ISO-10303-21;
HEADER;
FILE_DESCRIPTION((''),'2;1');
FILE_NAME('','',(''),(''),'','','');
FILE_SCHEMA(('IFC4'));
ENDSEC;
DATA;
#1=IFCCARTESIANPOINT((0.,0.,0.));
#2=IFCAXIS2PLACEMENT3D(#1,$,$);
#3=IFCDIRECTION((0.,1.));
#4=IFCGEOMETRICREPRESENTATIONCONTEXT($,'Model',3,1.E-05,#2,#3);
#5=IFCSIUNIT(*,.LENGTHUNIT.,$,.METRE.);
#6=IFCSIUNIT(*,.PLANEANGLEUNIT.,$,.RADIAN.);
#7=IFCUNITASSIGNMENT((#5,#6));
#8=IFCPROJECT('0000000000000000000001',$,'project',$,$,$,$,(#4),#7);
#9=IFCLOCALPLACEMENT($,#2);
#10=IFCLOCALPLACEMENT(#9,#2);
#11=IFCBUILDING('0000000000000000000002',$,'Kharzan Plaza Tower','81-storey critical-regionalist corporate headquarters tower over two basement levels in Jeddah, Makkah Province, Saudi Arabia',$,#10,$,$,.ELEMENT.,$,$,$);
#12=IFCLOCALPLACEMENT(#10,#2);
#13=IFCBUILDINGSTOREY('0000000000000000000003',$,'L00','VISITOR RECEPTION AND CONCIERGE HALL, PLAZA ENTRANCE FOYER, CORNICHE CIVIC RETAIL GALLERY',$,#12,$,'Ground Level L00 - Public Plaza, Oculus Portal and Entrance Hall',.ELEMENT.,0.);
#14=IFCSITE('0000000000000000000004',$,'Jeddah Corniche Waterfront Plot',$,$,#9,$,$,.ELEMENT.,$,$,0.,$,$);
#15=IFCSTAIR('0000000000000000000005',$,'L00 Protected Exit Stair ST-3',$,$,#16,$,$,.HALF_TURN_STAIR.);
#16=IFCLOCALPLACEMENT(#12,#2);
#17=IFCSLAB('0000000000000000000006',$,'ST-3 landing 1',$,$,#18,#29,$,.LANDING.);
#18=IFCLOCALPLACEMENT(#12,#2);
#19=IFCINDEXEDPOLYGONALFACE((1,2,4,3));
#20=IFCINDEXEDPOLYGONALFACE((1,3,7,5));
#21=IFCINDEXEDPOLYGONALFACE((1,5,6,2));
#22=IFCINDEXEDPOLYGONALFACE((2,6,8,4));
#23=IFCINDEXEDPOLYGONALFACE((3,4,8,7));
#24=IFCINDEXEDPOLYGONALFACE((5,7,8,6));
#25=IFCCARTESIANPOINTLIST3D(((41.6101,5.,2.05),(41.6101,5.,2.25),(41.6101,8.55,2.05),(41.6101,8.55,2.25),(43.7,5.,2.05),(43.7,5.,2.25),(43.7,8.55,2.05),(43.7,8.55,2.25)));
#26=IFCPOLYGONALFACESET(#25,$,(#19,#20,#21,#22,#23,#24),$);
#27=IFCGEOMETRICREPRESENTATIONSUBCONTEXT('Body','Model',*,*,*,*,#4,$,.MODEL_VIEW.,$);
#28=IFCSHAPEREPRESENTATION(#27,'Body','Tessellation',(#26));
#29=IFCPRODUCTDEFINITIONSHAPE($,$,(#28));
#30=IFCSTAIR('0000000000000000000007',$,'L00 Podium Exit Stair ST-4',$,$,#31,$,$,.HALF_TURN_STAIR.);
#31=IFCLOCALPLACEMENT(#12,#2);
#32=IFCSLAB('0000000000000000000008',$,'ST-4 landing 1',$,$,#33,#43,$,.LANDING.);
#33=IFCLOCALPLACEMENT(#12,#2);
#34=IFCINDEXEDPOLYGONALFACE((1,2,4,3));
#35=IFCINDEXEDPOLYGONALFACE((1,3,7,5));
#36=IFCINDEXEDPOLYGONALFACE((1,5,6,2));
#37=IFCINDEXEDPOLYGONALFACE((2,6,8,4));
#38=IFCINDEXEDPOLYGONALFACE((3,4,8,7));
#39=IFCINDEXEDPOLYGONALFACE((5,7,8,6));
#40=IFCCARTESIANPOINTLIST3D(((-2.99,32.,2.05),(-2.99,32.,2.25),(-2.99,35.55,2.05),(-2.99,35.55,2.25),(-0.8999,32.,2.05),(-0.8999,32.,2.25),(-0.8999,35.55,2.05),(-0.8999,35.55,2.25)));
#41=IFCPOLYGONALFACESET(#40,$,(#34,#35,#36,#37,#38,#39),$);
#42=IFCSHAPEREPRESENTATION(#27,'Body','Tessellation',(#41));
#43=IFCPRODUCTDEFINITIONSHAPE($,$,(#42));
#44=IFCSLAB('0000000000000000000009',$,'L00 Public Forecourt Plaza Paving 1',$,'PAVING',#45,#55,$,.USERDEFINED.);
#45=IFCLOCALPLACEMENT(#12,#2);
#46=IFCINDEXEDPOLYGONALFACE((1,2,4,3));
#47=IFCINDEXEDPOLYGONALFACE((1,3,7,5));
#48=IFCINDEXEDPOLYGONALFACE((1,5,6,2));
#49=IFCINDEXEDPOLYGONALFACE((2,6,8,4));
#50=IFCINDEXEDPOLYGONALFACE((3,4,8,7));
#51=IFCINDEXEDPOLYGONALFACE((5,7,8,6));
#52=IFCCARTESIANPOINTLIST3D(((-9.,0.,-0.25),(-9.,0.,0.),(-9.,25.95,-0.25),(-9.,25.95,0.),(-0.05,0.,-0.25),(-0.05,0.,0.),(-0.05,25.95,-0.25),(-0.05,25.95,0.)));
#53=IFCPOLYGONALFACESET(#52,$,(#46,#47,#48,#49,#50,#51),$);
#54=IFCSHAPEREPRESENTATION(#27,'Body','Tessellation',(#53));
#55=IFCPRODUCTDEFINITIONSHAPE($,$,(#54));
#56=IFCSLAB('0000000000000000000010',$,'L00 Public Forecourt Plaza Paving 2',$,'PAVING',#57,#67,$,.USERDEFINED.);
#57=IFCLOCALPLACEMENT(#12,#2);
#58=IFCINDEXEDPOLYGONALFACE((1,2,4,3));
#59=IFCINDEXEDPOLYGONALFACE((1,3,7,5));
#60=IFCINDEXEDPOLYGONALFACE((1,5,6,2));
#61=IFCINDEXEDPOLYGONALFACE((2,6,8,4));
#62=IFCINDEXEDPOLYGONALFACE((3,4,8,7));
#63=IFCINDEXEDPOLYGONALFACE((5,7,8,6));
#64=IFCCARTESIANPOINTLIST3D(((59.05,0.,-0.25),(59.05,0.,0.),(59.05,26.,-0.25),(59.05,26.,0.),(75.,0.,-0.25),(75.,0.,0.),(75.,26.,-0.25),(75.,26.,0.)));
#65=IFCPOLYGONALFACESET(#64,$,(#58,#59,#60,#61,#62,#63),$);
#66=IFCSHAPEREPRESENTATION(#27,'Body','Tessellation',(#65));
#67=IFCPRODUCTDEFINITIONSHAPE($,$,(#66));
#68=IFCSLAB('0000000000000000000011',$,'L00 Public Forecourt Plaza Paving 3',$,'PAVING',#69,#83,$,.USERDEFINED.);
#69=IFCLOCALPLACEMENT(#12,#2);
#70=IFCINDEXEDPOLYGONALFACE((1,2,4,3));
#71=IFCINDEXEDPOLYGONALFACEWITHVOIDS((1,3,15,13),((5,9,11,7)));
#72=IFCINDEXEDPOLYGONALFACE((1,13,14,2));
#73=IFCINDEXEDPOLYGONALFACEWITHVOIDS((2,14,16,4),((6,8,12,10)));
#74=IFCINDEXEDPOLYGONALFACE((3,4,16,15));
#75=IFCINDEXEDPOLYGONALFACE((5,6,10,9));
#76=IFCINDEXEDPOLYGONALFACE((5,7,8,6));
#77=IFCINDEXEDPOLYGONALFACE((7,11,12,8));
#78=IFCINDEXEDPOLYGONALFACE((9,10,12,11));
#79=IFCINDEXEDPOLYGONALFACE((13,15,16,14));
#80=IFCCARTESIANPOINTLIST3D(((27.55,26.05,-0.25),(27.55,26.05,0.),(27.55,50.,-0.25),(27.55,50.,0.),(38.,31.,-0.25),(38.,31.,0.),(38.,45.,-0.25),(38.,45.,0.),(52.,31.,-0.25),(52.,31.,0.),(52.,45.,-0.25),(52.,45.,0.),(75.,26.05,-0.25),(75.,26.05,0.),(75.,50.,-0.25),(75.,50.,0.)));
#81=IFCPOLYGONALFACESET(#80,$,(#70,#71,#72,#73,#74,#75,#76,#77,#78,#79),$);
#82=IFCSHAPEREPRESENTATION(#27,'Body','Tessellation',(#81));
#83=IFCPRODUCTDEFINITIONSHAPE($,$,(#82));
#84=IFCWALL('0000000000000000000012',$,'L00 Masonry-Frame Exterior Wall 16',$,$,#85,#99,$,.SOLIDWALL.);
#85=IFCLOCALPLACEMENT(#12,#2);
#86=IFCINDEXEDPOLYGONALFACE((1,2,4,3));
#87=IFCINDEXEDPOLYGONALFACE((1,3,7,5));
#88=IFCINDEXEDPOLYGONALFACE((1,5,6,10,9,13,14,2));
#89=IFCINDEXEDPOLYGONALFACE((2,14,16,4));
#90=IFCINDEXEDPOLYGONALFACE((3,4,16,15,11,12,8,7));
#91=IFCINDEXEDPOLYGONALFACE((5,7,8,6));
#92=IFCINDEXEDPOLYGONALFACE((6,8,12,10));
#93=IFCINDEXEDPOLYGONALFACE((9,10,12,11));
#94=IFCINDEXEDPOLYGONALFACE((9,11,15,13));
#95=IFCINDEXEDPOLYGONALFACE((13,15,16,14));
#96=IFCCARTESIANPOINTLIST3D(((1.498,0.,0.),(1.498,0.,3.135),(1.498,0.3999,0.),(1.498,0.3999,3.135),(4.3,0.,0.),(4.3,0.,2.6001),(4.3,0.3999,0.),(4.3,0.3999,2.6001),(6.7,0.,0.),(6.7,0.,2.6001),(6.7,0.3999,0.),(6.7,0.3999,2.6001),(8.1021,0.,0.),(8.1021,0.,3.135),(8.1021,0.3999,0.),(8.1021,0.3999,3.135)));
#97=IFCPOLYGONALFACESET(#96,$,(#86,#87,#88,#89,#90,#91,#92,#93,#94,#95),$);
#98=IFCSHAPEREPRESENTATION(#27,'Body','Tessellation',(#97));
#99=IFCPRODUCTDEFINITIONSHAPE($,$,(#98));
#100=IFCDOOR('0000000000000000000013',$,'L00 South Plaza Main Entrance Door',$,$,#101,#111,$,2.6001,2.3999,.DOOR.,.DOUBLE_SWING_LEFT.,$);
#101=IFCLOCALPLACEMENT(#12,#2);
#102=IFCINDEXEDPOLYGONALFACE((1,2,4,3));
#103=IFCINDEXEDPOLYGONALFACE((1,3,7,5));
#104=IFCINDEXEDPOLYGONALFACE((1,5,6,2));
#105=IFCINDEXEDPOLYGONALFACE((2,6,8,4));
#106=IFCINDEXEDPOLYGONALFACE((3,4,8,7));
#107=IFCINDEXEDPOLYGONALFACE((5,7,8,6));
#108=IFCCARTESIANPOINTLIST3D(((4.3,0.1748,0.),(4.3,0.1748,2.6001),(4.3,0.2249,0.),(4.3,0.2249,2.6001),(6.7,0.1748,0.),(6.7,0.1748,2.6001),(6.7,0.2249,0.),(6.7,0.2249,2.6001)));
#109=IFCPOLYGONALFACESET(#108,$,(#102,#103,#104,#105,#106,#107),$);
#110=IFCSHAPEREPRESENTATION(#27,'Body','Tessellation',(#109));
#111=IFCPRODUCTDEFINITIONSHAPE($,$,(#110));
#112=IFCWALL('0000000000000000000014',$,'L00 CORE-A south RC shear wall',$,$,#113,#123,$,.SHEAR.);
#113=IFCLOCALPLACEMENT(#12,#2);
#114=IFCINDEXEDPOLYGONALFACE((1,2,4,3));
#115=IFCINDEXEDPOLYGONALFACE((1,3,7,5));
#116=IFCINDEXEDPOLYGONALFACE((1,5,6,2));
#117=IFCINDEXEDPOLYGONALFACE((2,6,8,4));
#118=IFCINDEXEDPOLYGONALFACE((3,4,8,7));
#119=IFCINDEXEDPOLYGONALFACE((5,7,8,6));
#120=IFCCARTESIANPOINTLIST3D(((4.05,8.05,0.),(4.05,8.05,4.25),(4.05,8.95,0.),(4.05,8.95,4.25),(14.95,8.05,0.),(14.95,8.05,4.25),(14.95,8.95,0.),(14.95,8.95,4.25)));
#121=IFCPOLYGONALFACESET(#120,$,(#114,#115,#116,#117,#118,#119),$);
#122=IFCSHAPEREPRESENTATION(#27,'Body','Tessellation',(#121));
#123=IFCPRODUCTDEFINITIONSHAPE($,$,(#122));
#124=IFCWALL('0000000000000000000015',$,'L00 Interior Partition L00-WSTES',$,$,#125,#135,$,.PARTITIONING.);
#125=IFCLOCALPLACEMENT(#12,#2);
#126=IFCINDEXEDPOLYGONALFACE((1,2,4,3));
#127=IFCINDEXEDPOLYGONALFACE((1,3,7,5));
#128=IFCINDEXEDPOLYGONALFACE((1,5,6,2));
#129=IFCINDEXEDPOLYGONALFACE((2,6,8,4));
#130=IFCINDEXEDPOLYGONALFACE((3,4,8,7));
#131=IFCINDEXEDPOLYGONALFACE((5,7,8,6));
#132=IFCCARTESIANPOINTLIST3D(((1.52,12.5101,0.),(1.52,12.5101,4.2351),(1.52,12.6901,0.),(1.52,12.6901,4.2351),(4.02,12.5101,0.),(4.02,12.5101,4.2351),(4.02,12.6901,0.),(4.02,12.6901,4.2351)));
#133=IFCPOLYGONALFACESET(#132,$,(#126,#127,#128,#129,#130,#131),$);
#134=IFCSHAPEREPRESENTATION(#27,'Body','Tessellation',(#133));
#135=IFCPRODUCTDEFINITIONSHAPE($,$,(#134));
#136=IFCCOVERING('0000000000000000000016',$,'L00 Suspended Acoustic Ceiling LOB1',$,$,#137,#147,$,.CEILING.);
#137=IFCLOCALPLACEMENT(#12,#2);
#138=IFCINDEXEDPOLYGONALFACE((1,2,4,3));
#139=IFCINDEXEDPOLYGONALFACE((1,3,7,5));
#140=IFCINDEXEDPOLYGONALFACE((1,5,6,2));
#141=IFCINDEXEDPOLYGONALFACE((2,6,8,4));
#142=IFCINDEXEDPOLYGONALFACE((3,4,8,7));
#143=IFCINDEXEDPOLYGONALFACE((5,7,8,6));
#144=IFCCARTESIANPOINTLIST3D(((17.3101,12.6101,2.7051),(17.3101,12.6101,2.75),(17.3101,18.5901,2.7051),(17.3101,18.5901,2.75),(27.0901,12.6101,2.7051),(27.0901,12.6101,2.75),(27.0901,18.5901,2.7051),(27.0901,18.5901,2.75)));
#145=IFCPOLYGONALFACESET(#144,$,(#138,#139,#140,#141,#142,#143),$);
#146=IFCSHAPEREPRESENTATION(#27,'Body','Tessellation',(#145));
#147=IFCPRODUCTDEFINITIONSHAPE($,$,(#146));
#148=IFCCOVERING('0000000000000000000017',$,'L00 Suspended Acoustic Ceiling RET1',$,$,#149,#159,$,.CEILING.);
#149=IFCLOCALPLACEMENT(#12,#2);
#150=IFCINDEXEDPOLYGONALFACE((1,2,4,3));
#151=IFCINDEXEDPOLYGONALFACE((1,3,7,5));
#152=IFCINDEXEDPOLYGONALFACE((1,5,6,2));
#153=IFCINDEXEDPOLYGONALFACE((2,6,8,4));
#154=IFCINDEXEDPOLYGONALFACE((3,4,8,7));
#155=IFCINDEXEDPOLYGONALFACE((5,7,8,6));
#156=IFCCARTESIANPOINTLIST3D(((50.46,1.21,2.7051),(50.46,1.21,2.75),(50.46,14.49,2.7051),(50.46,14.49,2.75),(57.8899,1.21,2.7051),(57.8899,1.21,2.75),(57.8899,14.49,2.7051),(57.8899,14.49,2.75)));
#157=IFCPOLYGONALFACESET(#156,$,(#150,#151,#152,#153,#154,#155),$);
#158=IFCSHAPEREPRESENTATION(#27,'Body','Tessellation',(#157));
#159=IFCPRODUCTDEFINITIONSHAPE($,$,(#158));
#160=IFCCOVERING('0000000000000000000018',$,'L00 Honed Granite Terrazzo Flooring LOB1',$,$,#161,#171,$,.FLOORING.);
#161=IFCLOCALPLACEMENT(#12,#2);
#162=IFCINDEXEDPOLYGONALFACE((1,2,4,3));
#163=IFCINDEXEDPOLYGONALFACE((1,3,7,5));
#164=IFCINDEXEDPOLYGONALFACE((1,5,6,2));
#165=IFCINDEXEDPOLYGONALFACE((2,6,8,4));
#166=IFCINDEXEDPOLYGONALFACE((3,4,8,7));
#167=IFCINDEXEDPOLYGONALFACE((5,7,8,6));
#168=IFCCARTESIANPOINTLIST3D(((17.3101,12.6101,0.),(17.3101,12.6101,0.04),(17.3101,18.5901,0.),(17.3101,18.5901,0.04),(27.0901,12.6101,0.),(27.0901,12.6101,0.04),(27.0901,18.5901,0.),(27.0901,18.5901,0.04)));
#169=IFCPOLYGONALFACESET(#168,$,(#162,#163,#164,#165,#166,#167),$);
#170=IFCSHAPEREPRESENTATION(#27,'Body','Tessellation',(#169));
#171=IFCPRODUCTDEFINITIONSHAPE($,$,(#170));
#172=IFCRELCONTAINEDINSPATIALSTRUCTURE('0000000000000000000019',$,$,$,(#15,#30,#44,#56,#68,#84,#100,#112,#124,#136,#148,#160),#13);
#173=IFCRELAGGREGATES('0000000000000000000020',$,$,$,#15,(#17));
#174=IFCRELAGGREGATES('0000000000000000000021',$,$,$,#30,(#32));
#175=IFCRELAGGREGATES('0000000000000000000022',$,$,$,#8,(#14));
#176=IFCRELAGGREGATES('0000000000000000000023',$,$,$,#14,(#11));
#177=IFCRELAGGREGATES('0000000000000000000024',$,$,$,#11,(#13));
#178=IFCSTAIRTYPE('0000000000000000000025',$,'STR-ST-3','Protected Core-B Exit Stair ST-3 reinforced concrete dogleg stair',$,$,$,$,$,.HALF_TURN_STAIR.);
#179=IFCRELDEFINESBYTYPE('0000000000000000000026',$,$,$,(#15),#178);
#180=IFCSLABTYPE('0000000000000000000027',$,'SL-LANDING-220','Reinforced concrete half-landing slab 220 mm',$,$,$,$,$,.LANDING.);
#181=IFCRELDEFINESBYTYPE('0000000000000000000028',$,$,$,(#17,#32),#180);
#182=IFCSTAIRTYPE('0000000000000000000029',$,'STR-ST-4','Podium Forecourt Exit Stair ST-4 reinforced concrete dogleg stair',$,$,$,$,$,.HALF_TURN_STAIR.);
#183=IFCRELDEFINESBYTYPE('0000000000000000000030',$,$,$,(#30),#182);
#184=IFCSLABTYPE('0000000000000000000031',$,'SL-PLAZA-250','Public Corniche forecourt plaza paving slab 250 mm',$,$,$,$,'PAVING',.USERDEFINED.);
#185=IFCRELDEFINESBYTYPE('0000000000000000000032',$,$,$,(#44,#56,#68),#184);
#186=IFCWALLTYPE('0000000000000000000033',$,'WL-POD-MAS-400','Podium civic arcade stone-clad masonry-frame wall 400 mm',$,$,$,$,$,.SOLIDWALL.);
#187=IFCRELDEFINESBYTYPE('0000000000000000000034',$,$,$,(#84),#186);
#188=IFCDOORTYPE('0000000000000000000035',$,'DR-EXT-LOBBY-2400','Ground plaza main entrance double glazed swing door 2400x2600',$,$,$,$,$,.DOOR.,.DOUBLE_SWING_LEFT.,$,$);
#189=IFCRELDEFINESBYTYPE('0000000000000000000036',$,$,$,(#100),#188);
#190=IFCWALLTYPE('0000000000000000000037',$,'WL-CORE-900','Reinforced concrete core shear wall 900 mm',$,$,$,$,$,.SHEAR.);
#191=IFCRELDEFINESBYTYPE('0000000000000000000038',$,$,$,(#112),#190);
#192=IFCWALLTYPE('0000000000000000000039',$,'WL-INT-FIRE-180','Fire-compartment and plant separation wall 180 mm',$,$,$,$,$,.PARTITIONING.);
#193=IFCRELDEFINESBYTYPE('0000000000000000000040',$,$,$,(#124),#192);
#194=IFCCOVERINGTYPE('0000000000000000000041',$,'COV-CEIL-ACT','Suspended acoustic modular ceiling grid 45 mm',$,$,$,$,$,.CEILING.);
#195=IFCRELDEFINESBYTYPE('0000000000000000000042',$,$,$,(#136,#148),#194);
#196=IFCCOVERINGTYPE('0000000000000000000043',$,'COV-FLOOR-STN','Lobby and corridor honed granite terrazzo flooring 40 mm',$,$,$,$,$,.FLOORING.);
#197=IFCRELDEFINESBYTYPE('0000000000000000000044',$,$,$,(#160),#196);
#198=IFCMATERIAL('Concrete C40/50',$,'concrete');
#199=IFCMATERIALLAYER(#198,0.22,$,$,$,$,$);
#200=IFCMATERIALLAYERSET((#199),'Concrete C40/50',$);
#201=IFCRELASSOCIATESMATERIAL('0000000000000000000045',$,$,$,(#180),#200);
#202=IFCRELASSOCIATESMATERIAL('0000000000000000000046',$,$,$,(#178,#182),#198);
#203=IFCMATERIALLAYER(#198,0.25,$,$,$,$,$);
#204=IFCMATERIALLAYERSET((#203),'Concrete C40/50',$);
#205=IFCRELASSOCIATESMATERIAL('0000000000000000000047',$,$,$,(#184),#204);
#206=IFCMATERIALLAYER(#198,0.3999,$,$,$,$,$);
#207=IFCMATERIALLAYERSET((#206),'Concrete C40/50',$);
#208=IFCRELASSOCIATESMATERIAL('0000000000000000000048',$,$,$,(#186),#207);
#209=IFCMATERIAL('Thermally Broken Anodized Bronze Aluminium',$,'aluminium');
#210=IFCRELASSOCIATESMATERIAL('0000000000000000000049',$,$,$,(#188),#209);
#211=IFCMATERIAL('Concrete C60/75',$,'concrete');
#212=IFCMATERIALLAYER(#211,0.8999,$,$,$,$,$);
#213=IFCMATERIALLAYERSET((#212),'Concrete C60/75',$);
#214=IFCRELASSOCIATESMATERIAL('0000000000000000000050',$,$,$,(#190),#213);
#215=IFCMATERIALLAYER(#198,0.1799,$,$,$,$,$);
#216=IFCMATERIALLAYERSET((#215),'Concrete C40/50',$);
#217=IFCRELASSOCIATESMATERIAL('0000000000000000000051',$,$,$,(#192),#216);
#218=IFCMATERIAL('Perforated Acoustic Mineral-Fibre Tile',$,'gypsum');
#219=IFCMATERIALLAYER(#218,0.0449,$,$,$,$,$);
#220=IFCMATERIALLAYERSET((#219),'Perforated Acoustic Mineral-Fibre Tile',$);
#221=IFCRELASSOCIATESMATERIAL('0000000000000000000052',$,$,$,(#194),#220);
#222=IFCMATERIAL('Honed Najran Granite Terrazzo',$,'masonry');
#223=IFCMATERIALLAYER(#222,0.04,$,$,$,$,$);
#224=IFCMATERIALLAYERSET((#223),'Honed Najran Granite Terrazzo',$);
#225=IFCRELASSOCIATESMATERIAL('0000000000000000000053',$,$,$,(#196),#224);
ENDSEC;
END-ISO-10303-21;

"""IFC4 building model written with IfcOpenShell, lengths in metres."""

from ifc_helpers import new_model, si_unit, direction, frame, frame_2d, origin, place, context, subcontext, project, spatial, polyline, rectangle, outline, extrude, source, transform, mapped, material, layer, layer_set, type_object, element, fill, aggregate, save


model = new_model("IFC4")

# Units and contexts
model_context = context("Model", 3, precision=1e-05, world=origin(), true_north=direction((0.0, 1.0)))
body_context = subcontext(model_context, "Body", "Model", "MODEL_VIEW")
ifc_project = project(units=[si_unit("LENGTHUNIT", "METRE"), si_unit("PLANEANGLEUNIT", "RADIAN")], contexts=[model_context])

# Site, building, storey
site_placement = place(None, origin())
site = spatial("IfcSite", under=ifc_project, at=site_placement, Name="Jeddah Corniche Waterfront Plot", CompositionType="ELEMENT", RefElevation=0.0)
building_placement = place(site_placement, origin())
building = spatial("IfcBuilding", under=site, at=building_placement, Name="Kharzan Plaza Tower", Description="81-storey critical-regionalist corporate headquarters tower over two basement levels in Jeddah, Makkah Province, Saudi Arabia", CompositionType="ELEMENT")
storey_placement = place(building_placement, origin())
storey = spatial("IfcBuildingStorey", under=building, at=storey_placement, Name="L00", Description="VISITOR RECEPTION AND CONCIERGE HALL, PLAZA ENTRANCE FOYER, CORNICHE CIVIC RETAIL GALLERY", LongName="Ground Level L00 - Public Plaza, Oculus Portal and Entrance Hall", CompositionType="ELEMENT", Elevation=0.0)

# Shared definitions
ifc_material_1 = material(Name="Concrete C60/75", Category="concrete")

# Shared definitions
ifc_material_2 = material(Name="Concrete C40/50", Category="concrete")

# Stairs, slabs
ifc_layer_1 = layer(ifc_material_2, 0.22)
ifc_layer_set_1 = layer_set([ifc_layer_1], Name="Concrete C40/50")
slab_type_1 = type_object("IfcSlabType", Name="SL-LANDING-220", Description="Reinforced concrete half-landing slab 220 mm", PredefinedType="LANDING", material=ifc_layer_set_1)
stair_type_1 = type_object("IfcStairType", Name="STR-ST-3", Description="Protected Core-B Exit Stair ST-3 reinforced concrete dogleg stair", PredefinedType="HALF_TURN_STAIR", material=ifc_material_2)
stair_1_placement = place(storey_placement, origin())
stair_1 = element("IfcStair", 1, at=stair_1_placement, inside=storey, type_object=stair_type_1, Name="L00 Protected Exit Stair ST-3", PredefinedType="HALF_TURN_STAIR")
slab_1_placement = place(storey_placement, frame((0.0, 0.0, 2.05)))
slab_1 = element("IfcSlab", 2, at=slab_1_placement, type_object=slab_type_1, Name="ST-3 landing 1", PredefinedType="LANDING", context=body_context, shape_type="SweptSolid", body=[
    extrude(outline(polyline([(41.6101, 5.0), (43.7, 5.0), (43.7, 8.55), (41.6101, 8.55), (41.6101, 5.0)])), origin(), (0.0, 0.0, 1.0), 0.2),
])
aggregate(stair_1, [slab_1])
stair_type_2 = type_object("IfcStairType", Name="STR-ST-4", Description="Podium Forecourt Exit Stair ST-4 reinforced concrete dogleg stair", PredefinedType="HALF_TURN_STAIR", material=ifc_material_2)
stair_2_placement = place(storey_placement, origin())
stair_2 = element("IfcStair", 3, at=stair_2_placement, inside=storey, type_object=stair_type_2, Name="L00 Podium Exit Stair ST-4", PredefinedType="HALF_TURN_STAIR")
slab_2_placement = place(storey_placement, frame((0.0, 0.0, 2.05)))
slab_2 = element("IfcSlab", 4, at=slab_2_placement, type_object=slab_type_1, Name="ST-4 landing 1", PredefinedType="LANDING", context=body_context, shape_type="SweptSolid", body=[
    extrude(outline(polyline([(-2.99, 32.0), (-0.8999, 32.0), (-0.8999, 35.55), (-2.99, 35.55), (-2.99, 32.0)])), origin(), (0.0, 0.0, 1.0), 0.2),
])
aggregate(stair_2, [slab_2])

# Slabs
ifc_layer_2 = layer(ifc_material_2, 0.25)
ifc_layer_set_2 = layer_set([ifc_layer_2], Name="Concrete C40/50")
slab_type_2 = type_object("IfcSlabType", Name="SL-PLAZA-250", Description="Public Corniche forecourt plaza paving slab 250 mm", ElementType="PAVING", PredefinedType="USERDEFINED", material=ifc_layer_set_2)
slab_3_placement = place(storey_placement, frame((0.0, 0.0, -0.25)))
element("IfcSlab", 5, at=slab_3_placement, inside=storey, type_object=slab_type_2, Name="L00 Public Forecourt Plaza Paving 1", ObjectType="PAVING", PredefinedType="USERDEFINED", context=body_context, shape_type="SweptSolid", body=[
    extrude(outline(polyline([(-9.0, 0.0), (-0.05, 0.0), (-0.05, 25.95), (-9.0, 25.95), (-9.0, 0.0)])), origin(), (0.0, 0.0, 1.0), 0.25),
])
slab_4_placement = place(storey_placement, frame((0.0, 0.0, -0.25)))
element("IfcSlab", 6, at=slab_4_placement, inside=storey, type_object=slab_type_2, Name="L00 Public Forecourt Plaza Paving 2", ObjectType="PAVING", PredefinedType="USERDEFINED", context=body_context, shape_type="SweptSolid", body=[
    extrude(outline(polyline([(59.05, 0.0), (75.0, 0.0), (75.0, 26.0), (59.05, 26.0), (59.05, 0.0)])), origin(), (0.0, 0.0, 1.0), 0.25),
])
slab_5_placement = place(storey_placement, frame((0.0, 0.0, -0.25)))
element("IfcSlab", 7, at=slab_5_placement, inside=storey, type_object=slab_type_2, Name="L00 Public Forecourt Plaza Paving 3", ObjectType="PAVING", PredefinedType="USERDEFINED", context=body_context, shape_type="SweptSolid", body=[
    extrude(outline(polyline([(27.55, 26.05), (75.0, 26.05), (75.0, 50.0), (27.55, 50.0), (27.55, 26.05)]), holes=[polyline([(38.0, 31.0), (52.0, 31.0), (52.0, 45.0), (38.0, 45.0), (38.0, 31.0)])]), origin(), (0.0, 0.0, 1.0), 0.25),
])

# Wall, opening, door
ifc_layer_3 = layer(ifc_material_2, 0.3999)
ifc_layer_set_3 = layer_set([ifc_layer_3], Name="Concrete C40/50")
wall_type_1 = type_object("IfcWallType", Name="WL-POD-MAS-400", Description="Podium civic arcade stone-clad masonry-frame wall 400 mm", PredefinedType="SOLIDWALL", material=ifc_layer_set_3)
wall_1_placement = place(storey_placement, frame((1.498, 0.2, 0.0), z_axis=(0.0, 0.0, 1.0), x_axis=(1.0, 0.0, 0.0)))
wall_1 = element("IfcWall", 8, at=wall_1_placement, inside=storey, type_object=wall_type_1, Name="L00 Masonry-Frame Exterior Wall 16", PredefinedType="SOLIDWALL", context=body_context, shape_type="SweptSolid", body=[
    extrude(rectangle(XDim=6.604, YDim=0.3999, at=frame_2d((3.302, 0.0))), origin(), (0.0, 0.0, 1.0), 3.135),
])
opening_placement = place(wall_1_placement, frame((2.802, 0.0, 0.0)))
opening = element("IfcOpeningElement", 9, at=opening_placement, cuts=wall_1, PredefinedType="OPENING", context=body_context, shape_type="SweptSolid", body=[
    extrude(rectangle(XDim=2.3999, YDim=2.6001, at=frame_2d((1.2, 1.3))), frame((0.0, 0.21, 0.0), z_axis=(0.0, -1.0, 0.0), x_axis=(1.0, 0.0, 0.0)), (0.0, 0.0, 1.0), 0.4199),
])
ifc_material_3 = material(Name="Thermally Broken Anodized Bronze Aluminium", Category="aluminium")
door_type = type_object("IfcDoorType", Name="DR-EXT-LOBBY-2400", Description="Ground plaza main entrance double glazed swing door 2400x2600", OperationType="DOUBLE_SWING_LEFT", PredefinedType="DOOR", material=ifc_material_3)
shared_shape_1 = source(origin(), body_context, "Body", "SweptSolid", [
    extrude(rectangle(XDim=2.3999, YDim=2.6001, at=frame_2d((1.2, 1.3))), frame((0.0, 0.0249, 0.0), z_axis=(0.0, -1.0, 0.0), x_axis=(1.0, 0.0, 0.0)), (0.0, 0.0, 1.0), 0.05),
])
door_placement = place(opening_placement, origin())
door = element("IfcDoor", 10, at=door_placement, inside=storey, type_object=door_type, Name="L00 South Plaza Main Entrance Door", OperationType="DOUBLE_SWING_LEFT", OverallHeight=2.6001, OverallWidth=2.3999, PredefinedType="DOOR", context=body_context, shape_type="MappedRepresentation", body=[
    mapped(shared_shape_1, transform((0.0, 0.0, 0.0), x_axis=(1.0, 0.0, 0.0), y_axis=(0.0, 1.0, 0.0), z_axis=(0.0, 0.0, 1.0))),
])
fill(opening, door)

# Walls
ifc_layer_4 = layer(ifc_material_1, 0.8999)
ifc_layer_set_4 = layer_set([ifc_layer_4], Name="Concrete C60/75")
wall_type_2 = type_object("IfcWallType", Name="WL-CORE-900", Description="Reinforced concrete core shear wall 900 mm", PredefinedType="SHEAR", material=ifc_layer_set_4)
shared_shape_2 = source(origin(), body_context, "Body", "SweptSolid", [
    extrude(rectangle(XDim=10.8999, YDim=0.8999, at=frame_2d((5.45, 0.0))), origin(), (0.0, 0.0, 1.0), 4.25),
])
wall_2_placement = place(storey_placement, frame((4.05, 8.5, 0.0), z_axis=(0.0, 0.0, 1.0), x_axis=(1.0, 0.0, 0.0)))
element("IfcWall", 11, at=wall_2_placement, inside=storey, type_object=wall_type_2, Name="L00 CORE-A south RC shear wall", PredefinedType="SHEAR", context=body_context, shape_type="MappedRepresentation", body=[
    mapped(shared_shape_2, transform((0.0, 0.0, 0.0), x_axis=(1.0, 0.0, 0.0), y_axis=(0.0, 1.0, 0.0), z_axis=(0.0, 0.0, 1.0))),
])
ifc_layer_5 = layer(ifc_material_2, 0.1799)
ifc_layer_set_5 = layer_set([ifc_layer_5], Name="Concrete C40/50")
wall_type_3 = type_object("IfcWallType", Name="WL-INT-FIRE-180", Description="Fire-compartment and plant separation wall 180 mm", PredefinedType="PARTITIONING", material=ifc_layer_set_5)
shared_shape_3 = source(origin(), body_context, "Body", "SweptSolid", [
    extrude(rectangle(XDim=2.5, YDim=0.1799, at=frame_2d((1.25, 0.0))), origin(), (0.0, 0.0, 1.0), 4.2351),
])
wall_3_placement = place(storey_placement, frame((1.52, 12.6001, 0.0), z_axis=(0.0, 0.0, 1.0), x_axis=(1.0, 0.0, 0.0)))
element("IfcWall", 12, at=wall_3_placement, inside=storey, type_object=wall_type_3, Name="L00 Interior Partition L00-WSTES", PredefinedType="PARTITIONING", context=body_context, shape_type="MappedRepresentation", body=[
    mapped(shared_shape_3, transform((0.0, 0.0, 0.0), x_axis=(1.0, 0.0, 0.0), y_axis=(0.0, 1.0, 0.0), z_axis=(0.0, 0.0, 1.0))),
])

# Coverings
ifc_material_4 = material(Name="Perforated Acoustic Mineral-Fibre Tile", Category="gypsum")
ifc_layer_6 = layer(ifc_material_4, 0.0449)
ifc_layer_set_6 = layer_set([ifc_layer_6], Name="Perforated Acoustic Mineral-Fibre Tile")
covering_type_1 = type_object("IfcCoveringType", Name="COV-CEIL-ACT", Description="Suspended acoustic modular ceiling grid 45 mm", PredefinedType="CEILING", material=ifc_layer_set_6)
covering_1_placement = place(storey_placement, frame((0.0, 0.0, 2.7051)))
element("IfcCovering", 13, at=covering_1_placement, inside=storey, type_object=covering_type_1, Name="L00 Suspended Acoustic Ceiling LOB1", PredefinedType="CEILING", context=body_context, shape_type="SweptSolid", body=[
    extrude(outline(polyline([(17.3101, 12.6101), (27.0901, 12.6101), (27.0901, 18.5901), (17.3101, 18.5901), (17.3101, 12.6101)])), origin(), (0.0, 0.0, 1.0), 0.0449),
])
covering_2_placement = place(storey_placement, frame((0.0, 0.0, 2.7051)))
element("IfcCovering", 14, at=covering_2_placement, inside=storey, type_object=covering_type_1, Name="L00 Suspended Acoustic Ceiling RET1", PredefinedType="CEILING", context=body_context, shape_type="SweptSolid", body=[
    extrude(outline(polyline([(50.46, 1.21), (57.8899, 1.21), (57.8899, 14.49), (50.46, 14.49), (50.46, 1.21)])), origin(), (0.0, 0.0, 1.0), 0.0449),
])
ifc_material_5 = material(Name="Honed Najran Granite Terrazzo", Category="masonry")
ifc_layer_7 = layer(ifc_material_5, 0.04)
ifc_layer_set_7 = layer_set([ifc_layer_7], Name="Honed Najran Granite Terrazzo")
covering_type_2 = type_object("IfcCoveringType", Name="COV-FLOOR-STN", Description="Lobby and corridor honed granite terrazzo flooring 40 mm", PredefinedType="FLOORING", material=ifc_layer_set_7)
covering_3_placement = place(storey_placement, origin())
element("IfcCovering", 15, at=covering_3_placement, inside=storey, type_object=covering_type_2, Name="L00 Honed Granite Terrazzo Flooring LOB1", PredefinedType="FLOORING", context=body_context, shape_type="SweptSolid", body=[
    extrude(outline(polyline([(17.3101, 12.6101), (27.0901, 12.6101), (27.0901, 18.5901), (17.3101, 18.5901), (17.3101, 12.6101)])), origin(), (0.0, 0.0, 1.0), 0.04),
])

save(model, "model.ifc")
